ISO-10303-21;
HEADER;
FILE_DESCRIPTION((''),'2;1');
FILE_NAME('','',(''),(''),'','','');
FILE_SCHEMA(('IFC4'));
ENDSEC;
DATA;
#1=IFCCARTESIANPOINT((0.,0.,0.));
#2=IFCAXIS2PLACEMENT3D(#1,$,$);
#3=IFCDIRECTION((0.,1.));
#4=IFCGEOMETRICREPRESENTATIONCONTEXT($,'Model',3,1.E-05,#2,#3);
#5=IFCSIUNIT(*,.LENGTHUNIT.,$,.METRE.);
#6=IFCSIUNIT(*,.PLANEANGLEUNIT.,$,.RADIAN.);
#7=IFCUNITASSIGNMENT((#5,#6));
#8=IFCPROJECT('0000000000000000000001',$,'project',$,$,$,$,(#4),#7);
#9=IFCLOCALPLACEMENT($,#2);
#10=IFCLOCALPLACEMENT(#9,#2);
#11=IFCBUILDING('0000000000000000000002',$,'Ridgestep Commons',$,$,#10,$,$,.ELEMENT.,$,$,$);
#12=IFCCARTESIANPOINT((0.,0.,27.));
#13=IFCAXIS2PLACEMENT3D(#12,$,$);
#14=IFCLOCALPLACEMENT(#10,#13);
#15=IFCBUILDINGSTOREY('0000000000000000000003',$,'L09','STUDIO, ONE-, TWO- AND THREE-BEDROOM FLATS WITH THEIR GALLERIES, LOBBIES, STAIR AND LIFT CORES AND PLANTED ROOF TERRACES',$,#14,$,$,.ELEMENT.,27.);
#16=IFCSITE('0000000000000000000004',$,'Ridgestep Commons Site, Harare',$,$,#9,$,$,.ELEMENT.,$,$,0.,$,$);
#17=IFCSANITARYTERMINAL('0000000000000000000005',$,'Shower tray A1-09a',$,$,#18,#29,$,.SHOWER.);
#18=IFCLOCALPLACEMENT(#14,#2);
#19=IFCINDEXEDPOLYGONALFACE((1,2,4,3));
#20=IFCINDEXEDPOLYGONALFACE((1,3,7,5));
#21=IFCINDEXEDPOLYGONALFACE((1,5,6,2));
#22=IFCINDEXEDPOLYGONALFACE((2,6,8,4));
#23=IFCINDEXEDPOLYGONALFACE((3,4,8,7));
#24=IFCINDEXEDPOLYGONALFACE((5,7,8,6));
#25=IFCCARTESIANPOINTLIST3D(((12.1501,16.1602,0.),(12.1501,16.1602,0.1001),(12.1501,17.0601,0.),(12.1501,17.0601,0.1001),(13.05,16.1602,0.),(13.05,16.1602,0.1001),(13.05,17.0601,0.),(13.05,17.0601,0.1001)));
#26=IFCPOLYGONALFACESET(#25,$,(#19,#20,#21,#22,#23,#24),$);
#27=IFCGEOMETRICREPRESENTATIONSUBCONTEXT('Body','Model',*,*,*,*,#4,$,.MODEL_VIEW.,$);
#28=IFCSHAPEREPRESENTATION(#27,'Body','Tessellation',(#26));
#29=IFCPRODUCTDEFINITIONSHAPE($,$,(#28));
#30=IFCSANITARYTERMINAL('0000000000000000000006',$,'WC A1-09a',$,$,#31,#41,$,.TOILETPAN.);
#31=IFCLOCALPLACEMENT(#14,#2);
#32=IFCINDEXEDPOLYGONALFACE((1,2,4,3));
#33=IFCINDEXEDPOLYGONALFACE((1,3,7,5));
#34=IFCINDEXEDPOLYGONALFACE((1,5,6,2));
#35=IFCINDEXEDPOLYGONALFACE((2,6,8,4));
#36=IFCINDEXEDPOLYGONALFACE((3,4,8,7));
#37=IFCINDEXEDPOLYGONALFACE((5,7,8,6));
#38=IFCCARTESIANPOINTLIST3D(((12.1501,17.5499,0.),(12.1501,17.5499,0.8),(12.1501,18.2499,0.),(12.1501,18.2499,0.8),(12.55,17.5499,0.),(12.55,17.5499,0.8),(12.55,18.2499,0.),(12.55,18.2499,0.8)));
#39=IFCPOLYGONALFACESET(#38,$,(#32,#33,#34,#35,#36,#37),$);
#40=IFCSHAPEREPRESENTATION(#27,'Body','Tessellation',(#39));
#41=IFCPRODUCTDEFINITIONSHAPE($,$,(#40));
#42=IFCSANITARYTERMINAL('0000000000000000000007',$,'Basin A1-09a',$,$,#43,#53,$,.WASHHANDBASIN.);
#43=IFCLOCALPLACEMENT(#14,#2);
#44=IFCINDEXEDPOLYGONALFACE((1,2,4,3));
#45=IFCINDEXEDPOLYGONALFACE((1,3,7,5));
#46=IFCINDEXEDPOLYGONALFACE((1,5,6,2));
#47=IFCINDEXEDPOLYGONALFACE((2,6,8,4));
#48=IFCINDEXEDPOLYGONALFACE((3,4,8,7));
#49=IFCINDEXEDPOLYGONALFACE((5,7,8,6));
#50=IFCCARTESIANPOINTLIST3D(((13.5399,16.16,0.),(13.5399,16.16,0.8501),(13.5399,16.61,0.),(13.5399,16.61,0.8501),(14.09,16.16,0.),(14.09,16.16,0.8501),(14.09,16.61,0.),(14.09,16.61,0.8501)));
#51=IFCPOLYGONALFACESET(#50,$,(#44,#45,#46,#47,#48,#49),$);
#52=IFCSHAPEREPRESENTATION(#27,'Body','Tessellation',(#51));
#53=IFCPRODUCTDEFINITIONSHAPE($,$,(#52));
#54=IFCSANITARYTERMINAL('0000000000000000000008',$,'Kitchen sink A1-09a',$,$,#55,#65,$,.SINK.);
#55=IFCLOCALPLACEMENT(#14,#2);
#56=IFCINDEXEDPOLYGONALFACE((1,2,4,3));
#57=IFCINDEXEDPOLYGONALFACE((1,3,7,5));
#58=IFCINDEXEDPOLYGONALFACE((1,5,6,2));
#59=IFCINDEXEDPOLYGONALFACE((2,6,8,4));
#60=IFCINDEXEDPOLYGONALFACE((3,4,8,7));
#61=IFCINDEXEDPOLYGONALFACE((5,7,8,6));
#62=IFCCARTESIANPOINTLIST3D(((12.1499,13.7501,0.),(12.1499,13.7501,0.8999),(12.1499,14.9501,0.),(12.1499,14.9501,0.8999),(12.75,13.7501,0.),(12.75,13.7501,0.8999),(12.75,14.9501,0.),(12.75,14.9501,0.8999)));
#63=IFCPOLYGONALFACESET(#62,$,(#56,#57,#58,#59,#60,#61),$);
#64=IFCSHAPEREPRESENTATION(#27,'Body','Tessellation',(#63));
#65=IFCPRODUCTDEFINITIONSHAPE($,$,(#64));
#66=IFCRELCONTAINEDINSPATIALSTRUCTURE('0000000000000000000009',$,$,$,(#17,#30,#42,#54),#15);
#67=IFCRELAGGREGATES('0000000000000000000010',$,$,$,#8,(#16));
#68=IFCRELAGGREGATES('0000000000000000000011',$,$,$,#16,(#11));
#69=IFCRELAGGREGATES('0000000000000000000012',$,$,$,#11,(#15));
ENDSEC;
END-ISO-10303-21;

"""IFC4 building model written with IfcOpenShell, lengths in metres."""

from ifc_helpers import new_model, si_unit, direction, frame, origin, origin_2d, place, context, subcontext, project, spatial, rectangle, extrude, element, save


model = new_model("IFC4")

# Units and contexts
model_context = context("Model", 3, precision=1e-05, world=origin(), true_north=direction((0.0, 1.0)))
body_context = subcontext(model_context, "Body", "Model", "MODEL_VIEW")
ifc_project = project(units=[si_unit("LENGTHUNIT", "METRE"), si_unit("PLANEANGLEUNIT", "RADIAN")], contexts=[model_context])

# Site, building, storey
site_placement = place(None, origin())
site = spatial("IfcSite", under=ifc_project, at=site_placement, Name="Ridgestep Commons Site, Harare", CompositionType="ELEMENT", RefElevation=0.0)
building_placement = place(site_placement, origin())
building = spatial("IfcBuilding", under=site, at=building_placement, Name="Ridgestep Commons", CompositionType="ELEMENT")
storey_placement = place(building_placement, frame((0.0, 0.0, 27.0)))
storey = spatial("IfcBuildingStorey", under=building, at=storey_placement, Name="L09", Description="STUDIO, ONE-, TWO- AND THREE-BEDROOM FLATS WITH THEIR GALLERIES, LOBBIES, STAIR AND LIFT CORES AND PLANTED ROOF TERRACES", CompositionType="ELEMENT", Elevation=27.0)

# Sanitary terminals
sanitary_terminal_1_placement = place(storey_placement, frame((12.6001, 16.6101, 0.0), z_axis=(0.0, 0.0, 1.0), x_axis=(1.0, 0.0, 0.0)))
element("IfcSanitaryTerminal", 1, at=sanitary_terminal_1_placement, inside=storey, Name="Shower tray A1-09a", PredefinedType="SHOWER", context=body_context, shape_type="SweptSolid", body=[
    extrude(rectangle(XDim=0.8999, YDim=0.8999, at=origin_2d()), origin(), (0.0, 0.0, 1.0), 0.1001),
])
sanitary_terminal_2_placement = place(storey_placement, frame((12.3501, 17.8999, 0.0), z_axis=(0.0, 0.0, 1.0), x_axis=(1.0, 0.0, 0.0)))
element("IfcSanitaryTerminal", 2, at=sanitary_terminal_2_placement, inside=storey, Name="WC A1-09a", PredefinedType="TOILETPAN", context=body_context, shape_type="SweptSolid", body=[
    extrude(rectangle(XDim=0.3999, YDim=0.7, at=origin_2d()), origin(), (0.0, 0.0, 1.0), 0.8),
])
sanitary_terminal_3_placement = place(storey_placement, frame((13.8149, 16.385, 0.0), z_axis=(0.0, 0.0, 1.0), x_axis=(1.0, 0.0, 0.0)))
element("IfcSanitaryTerminal", 3, at=sanitary_terminal_3_placement, inside=storey, Name="Basin A1-09a", PredefinedType="WASHHANDBASIN", context=body_context, shape_type="SweptSolid", body=[
    extrude(rectangle(XDim=0.55, YDim=0.45, at=origin_2d()), origin(), (0.0, 0.0, 1.0), 0.8501),
])
sanitary_terminal_4_placement = place(storey_placement, frame((12.45, 14.3501, 0.0), z_axis=(0.0, 0.0, 1.0), x_axis=(1.0, 0.0, 0.0)))
element("IfcSanitaryTerminal", 4, at=sanitary_terminal_4_placement, inside=storey, Name="Kitchen sink A1-09a", PredefinedType="SINK", context=body_context, shape_type="SweptSolid", body=[
    extrude(rectangle(XDim=0.6001, YDim=1.2, at=origin_2d()), origin(), (0.0, 0.0, 1.0), 0.8999),
])

save(model, "model.ifc")
